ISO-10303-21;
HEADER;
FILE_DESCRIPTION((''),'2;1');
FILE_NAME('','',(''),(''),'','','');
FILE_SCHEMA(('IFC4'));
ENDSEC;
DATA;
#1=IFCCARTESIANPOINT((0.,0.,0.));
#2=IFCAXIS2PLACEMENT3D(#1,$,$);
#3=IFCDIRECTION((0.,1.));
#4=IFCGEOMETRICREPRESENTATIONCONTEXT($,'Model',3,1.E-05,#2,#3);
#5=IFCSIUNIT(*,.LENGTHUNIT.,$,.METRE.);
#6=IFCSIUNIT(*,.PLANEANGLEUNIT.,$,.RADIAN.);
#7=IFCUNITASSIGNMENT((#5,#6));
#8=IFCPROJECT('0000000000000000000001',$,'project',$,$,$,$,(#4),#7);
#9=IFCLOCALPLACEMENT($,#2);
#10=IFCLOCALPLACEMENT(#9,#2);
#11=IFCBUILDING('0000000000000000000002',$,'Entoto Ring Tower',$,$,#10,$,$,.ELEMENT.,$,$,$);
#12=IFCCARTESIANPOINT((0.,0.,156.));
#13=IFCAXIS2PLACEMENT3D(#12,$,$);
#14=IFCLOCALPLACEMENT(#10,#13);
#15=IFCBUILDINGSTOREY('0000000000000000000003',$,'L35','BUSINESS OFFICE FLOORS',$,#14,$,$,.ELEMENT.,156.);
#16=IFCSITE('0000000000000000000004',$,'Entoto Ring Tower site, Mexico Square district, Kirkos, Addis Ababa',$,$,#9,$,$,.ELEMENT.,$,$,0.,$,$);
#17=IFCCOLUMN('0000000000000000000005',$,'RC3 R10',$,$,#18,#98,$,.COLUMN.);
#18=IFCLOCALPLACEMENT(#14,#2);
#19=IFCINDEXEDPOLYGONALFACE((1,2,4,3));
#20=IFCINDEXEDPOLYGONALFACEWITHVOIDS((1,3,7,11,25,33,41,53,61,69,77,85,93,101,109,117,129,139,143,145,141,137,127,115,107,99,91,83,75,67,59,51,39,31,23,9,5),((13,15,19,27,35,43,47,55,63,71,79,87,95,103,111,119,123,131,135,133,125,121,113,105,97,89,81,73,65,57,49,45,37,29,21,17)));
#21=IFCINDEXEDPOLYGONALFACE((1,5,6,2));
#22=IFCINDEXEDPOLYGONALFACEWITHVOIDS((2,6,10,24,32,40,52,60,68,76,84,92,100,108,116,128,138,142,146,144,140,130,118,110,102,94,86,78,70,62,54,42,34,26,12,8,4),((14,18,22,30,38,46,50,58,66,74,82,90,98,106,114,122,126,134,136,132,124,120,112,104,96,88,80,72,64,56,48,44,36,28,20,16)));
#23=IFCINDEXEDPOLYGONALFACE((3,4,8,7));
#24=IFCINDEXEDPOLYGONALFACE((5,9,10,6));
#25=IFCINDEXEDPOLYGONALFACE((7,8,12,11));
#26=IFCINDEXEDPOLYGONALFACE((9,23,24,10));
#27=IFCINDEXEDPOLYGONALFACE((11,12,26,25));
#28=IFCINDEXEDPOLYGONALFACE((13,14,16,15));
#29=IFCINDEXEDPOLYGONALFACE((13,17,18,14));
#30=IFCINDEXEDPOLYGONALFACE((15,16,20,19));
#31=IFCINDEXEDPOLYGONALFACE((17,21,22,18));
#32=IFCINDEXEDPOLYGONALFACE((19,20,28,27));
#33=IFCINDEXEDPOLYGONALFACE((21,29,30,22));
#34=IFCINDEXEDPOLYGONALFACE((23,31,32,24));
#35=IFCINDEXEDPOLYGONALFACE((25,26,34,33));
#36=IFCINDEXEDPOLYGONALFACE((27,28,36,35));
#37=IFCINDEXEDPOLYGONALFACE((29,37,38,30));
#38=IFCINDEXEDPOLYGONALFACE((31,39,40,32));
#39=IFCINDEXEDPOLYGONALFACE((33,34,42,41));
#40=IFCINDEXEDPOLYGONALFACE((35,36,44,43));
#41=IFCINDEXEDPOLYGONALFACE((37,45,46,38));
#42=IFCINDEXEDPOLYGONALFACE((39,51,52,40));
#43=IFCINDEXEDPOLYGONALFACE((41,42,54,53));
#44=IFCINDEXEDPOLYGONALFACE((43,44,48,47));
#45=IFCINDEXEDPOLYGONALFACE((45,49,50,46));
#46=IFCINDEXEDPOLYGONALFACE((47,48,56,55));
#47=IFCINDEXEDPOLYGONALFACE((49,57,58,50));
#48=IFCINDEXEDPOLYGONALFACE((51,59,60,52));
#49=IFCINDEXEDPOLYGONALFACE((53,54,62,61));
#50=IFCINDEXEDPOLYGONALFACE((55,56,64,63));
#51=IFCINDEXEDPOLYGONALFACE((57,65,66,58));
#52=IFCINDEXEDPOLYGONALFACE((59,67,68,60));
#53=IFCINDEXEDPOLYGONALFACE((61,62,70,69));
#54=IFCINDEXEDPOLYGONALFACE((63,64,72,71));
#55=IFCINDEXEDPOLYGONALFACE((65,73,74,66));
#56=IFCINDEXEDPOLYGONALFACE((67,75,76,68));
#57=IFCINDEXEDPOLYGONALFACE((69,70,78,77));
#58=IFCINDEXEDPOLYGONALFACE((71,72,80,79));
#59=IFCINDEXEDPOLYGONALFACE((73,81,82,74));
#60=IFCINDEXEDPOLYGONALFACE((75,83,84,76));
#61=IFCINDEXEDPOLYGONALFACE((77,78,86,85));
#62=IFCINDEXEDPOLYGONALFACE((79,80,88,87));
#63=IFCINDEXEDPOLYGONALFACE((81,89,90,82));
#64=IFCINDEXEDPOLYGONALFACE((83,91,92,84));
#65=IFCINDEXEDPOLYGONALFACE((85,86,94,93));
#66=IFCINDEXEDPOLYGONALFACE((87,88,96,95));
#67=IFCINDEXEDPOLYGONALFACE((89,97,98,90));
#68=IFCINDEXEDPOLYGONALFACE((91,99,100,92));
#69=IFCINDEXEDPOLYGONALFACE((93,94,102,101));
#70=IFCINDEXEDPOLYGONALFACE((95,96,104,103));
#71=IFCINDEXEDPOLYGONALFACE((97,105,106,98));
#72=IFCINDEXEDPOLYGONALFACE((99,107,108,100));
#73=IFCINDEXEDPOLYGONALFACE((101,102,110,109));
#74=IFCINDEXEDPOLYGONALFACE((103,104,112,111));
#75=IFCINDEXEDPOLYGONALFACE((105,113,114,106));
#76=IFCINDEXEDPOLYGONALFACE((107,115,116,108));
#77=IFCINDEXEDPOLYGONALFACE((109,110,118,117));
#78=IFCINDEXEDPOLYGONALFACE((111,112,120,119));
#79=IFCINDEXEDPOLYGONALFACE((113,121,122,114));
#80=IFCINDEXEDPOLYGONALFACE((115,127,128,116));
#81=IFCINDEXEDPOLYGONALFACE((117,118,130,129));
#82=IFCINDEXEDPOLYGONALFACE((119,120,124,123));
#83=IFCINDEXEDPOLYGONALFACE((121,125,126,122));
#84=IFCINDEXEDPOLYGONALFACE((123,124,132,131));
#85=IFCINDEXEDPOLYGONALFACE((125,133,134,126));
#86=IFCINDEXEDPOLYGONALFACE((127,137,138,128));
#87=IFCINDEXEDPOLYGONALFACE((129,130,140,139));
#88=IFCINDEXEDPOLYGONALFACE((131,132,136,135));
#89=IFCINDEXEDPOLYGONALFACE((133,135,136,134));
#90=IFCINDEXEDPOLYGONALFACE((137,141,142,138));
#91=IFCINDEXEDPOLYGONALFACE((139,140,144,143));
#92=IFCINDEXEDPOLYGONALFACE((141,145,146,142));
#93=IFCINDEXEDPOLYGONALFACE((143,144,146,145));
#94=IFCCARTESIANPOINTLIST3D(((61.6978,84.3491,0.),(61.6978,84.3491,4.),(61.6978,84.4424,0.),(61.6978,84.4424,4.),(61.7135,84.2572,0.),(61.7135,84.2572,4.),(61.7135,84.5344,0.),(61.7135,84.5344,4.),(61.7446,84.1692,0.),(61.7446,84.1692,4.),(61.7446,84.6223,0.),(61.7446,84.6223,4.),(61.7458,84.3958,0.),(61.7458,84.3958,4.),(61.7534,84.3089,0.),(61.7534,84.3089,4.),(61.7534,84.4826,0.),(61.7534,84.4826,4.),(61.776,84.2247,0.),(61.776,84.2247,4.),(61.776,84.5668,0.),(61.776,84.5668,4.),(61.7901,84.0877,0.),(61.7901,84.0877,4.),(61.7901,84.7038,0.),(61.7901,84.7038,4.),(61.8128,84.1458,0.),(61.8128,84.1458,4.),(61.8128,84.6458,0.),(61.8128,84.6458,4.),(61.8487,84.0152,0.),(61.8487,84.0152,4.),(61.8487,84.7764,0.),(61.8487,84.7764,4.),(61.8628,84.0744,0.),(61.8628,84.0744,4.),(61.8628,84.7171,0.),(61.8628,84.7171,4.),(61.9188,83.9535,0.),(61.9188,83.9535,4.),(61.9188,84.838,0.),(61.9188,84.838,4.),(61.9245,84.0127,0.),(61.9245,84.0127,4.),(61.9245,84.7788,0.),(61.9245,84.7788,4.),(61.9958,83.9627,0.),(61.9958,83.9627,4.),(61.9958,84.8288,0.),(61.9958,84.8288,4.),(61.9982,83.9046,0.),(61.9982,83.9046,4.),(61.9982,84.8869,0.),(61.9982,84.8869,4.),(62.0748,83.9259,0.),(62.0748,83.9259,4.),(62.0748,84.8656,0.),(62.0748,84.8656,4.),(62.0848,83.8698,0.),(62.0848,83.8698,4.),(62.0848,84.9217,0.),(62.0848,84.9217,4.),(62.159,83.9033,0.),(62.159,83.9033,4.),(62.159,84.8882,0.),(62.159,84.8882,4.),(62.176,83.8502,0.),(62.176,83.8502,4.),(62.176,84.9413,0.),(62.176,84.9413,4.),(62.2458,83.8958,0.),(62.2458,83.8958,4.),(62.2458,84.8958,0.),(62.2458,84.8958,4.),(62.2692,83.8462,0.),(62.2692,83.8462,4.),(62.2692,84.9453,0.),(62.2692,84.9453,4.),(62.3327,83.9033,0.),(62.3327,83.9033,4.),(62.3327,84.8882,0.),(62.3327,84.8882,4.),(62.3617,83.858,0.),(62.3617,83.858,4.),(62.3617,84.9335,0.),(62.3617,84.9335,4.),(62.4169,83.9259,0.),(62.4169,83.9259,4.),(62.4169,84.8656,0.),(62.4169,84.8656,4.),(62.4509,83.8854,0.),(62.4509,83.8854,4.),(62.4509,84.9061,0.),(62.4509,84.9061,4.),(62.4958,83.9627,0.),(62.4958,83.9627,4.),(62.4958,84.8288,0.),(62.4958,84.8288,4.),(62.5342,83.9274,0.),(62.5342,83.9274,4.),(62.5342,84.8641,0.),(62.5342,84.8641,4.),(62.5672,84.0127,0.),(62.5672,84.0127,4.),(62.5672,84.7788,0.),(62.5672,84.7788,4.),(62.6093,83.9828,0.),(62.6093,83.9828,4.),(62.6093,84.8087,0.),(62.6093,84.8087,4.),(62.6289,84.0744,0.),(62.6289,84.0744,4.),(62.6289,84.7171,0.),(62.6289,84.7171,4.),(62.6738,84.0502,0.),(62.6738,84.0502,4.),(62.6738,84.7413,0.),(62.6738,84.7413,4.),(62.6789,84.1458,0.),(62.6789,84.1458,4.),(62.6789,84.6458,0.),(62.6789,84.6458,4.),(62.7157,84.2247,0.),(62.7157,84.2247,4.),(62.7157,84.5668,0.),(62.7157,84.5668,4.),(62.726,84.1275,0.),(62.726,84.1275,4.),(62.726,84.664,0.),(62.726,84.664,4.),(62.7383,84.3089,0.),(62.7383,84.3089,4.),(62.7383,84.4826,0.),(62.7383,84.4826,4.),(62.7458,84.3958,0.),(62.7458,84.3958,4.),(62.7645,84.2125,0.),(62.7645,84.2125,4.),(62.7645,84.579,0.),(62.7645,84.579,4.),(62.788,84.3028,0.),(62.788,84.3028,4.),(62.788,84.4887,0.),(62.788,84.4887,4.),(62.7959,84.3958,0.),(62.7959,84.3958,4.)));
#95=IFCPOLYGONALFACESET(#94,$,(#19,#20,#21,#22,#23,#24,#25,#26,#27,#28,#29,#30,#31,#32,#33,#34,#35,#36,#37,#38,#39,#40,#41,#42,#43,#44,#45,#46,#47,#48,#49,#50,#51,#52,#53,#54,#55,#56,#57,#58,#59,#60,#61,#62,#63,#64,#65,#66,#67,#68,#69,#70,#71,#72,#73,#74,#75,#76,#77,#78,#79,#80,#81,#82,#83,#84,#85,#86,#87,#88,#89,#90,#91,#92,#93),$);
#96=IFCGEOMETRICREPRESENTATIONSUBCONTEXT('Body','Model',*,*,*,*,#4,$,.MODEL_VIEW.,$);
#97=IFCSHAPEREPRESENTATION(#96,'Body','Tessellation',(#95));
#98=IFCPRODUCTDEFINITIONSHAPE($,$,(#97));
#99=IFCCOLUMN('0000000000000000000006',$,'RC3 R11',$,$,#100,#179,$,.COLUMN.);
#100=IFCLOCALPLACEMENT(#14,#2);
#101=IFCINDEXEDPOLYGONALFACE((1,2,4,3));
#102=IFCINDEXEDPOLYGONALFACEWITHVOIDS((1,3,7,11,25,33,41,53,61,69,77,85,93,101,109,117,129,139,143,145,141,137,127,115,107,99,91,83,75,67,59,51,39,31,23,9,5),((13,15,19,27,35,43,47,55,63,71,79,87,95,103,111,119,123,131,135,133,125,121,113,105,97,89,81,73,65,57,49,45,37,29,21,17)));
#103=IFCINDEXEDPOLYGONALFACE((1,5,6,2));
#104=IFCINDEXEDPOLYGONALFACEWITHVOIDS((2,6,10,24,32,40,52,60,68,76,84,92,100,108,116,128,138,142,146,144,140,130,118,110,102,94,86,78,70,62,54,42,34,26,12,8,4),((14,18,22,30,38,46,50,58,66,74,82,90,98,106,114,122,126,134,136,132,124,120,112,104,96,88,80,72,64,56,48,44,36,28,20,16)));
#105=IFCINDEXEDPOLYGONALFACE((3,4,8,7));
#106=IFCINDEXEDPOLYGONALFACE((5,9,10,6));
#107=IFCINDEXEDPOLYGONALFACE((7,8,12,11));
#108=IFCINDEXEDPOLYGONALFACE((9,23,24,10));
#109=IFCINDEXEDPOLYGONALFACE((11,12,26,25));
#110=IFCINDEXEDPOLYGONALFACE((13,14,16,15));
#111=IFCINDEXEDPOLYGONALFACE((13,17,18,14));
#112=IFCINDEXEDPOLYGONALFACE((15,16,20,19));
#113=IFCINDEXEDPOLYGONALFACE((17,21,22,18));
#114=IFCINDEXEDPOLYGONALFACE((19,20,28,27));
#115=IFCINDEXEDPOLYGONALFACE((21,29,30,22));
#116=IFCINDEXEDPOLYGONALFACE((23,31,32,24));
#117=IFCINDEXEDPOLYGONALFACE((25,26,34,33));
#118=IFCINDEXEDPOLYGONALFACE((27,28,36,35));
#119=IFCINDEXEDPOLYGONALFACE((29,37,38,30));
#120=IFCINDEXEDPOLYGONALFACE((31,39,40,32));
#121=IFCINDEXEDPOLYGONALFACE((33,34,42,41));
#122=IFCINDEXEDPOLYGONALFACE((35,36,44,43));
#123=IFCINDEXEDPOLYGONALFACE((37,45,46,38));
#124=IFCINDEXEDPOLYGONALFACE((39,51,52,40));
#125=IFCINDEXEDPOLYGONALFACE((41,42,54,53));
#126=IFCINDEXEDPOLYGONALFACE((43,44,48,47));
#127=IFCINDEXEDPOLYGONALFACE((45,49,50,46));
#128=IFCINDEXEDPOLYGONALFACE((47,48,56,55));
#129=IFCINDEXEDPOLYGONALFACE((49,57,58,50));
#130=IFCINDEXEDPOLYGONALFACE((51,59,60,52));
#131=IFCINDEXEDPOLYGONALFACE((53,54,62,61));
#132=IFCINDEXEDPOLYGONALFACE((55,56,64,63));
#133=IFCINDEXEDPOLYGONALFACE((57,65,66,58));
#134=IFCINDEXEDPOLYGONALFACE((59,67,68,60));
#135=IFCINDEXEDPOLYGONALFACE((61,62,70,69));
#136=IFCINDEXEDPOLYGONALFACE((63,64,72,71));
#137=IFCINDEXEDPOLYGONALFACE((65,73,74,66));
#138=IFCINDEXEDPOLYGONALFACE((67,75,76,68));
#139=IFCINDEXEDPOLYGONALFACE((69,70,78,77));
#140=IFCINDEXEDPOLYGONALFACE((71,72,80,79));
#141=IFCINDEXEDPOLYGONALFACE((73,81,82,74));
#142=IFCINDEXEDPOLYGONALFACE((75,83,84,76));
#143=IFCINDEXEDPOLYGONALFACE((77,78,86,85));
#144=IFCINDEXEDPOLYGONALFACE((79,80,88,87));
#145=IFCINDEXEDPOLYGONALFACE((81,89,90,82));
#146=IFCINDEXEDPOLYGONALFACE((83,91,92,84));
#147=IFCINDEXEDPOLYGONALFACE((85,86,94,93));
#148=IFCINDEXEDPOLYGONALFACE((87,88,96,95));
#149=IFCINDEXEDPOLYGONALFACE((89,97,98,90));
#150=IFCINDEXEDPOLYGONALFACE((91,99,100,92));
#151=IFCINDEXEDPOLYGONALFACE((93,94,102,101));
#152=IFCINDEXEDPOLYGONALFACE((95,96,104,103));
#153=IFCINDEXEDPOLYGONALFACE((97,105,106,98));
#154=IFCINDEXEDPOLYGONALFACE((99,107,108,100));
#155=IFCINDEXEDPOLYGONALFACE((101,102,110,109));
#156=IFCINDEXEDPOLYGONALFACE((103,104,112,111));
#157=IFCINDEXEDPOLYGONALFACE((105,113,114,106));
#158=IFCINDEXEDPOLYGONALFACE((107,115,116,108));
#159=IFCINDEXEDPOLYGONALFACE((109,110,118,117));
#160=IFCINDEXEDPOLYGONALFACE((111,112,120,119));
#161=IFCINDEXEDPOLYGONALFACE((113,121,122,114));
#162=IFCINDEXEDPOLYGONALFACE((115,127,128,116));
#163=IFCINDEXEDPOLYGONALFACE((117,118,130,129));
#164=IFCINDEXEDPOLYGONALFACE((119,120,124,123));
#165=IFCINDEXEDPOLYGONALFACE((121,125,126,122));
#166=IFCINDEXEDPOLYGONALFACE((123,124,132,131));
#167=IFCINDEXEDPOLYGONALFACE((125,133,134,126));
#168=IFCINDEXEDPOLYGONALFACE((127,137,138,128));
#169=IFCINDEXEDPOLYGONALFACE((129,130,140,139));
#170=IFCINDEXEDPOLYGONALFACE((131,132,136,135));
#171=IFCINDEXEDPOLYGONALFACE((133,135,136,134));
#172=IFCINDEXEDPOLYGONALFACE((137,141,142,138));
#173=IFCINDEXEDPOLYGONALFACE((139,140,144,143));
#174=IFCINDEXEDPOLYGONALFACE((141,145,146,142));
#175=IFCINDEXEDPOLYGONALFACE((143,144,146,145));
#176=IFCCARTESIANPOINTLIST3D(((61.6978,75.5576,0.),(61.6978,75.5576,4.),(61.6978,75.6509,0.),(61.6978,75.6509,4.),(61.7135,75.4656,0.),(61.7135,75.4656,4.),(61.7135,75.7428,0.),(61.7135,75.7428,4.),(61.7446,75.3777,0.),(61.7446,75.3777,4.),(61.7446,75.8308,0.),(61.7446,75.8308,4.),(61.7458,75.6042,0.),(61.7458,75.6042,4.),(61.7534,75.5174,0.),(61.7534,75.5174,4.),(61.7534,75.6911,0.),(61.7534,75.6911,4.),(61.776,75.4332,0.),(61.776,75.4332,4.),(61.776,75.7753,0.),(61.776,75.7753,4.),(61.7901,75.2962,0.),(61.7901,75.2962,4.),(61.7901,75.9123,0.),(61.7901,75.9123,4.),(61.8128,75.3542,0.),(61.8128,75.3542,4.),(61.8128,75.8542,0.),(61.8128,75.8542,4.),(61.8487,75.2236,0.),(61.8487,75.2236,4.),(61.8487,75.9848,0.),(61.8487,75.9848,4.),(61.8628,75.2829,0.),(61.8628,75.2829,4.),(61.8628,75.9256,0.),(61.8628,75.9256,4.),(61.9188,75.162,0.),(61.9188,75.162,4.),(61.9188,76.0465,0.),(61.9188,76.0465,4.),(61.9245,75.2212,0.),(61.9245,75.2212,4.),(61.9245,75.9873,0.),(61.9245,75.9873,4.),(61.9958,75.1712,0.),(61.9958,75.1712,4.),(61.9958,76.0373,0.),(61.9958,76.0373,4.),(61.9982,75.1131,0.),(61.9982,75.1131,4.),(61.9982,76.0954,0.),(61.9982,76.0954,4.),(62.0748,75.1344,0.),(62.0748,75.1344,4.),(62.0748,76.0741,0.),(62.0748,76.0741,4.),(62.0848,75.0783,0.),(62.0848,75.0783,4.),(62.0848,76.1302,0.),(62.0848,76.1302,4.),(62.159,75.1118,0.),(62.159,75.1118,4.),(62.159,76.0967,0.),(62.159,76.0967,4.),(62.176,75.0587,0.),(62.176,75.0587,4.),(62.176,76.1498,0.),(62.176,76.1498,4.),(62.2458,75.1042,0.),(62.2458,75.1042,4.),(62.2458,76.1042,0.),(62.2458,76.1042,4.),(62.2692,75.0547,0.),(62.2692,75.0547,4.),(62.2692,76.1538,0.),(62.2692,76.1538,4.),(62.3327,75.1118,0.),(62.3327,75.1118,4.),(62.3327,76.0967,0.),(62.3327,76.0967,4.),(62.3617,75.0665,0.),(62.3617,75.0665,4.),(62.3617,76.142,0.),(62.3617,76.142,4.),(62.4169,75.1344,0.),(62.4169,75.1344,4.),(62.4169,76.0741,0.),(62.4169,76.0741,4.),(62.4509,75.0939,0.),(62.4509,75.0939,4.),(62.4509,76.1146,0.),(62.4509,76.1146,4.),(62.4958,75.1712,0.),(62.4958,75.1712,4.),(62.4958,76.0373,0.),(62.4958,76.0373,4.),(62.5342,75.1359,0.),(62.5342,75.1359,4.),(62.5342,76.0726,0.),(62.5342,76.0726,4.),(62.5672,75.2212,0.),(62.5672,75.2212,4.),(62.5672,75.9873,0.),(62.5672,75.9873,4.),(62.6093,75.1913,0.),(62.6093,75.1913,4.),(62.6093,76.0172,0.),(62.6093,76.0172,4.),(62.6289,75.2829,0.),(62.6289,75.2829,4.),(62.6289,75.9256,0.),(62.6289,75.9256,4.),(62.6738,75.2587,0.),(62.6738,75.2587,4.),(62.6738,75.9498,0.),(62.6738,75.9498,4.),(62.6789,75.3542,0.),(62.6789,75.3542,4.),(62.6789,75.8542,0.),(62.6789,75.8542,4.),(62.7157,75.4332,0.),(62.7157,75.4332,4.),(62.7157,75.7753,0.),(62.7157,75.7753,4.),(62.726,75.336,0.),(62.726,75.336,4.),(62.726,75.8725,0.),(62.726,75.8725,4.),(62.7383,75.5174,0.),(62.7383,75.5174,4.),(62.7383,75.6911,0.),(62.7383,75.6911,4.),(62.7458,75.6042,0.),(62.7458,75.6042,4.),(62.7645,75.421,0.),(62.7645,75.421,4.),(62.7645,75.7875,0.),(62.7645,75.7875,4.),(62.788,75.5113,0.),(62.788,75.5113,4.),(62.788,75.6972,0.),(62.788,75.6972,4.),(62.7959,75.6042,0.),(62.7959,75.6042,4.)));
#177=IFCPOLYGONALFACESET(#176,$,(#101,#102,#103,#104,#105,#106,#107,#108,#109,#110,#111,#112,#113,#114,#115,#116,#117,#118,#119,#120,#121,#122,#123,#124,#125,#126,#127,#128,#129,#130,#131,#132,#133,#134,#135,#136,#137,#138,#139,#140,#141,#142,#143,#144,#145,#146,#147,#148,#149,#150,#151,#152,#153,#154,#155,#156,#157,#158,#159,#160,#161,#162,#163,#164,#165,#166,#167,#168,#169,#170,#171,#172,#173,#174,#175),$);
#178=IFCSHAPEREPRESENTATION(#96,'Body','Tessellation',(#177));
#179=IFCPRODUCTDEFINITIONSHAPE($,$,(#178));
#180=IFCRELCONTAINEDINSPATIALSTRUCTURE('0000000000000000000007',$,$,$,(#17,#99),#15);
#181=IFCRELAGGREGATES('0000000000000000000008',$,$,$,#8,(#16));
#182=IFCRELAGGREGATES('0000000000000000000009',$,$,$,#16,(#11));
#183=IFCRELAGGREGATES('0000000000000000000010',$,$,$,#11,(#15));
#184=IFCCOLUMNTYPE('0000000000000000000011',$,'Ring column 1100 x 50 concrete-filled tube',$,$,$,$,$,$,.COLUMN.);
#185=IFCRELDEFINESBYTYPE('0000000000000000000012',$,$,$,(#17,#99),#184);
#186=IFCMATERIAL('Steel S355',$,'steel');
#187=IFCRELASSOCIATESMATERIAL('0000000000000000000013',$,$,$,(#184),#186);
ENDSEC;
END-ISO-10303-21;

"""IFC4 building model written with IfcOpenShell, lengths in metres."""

from ifc_helpers import new_model, si_unit, direction, frame, origin, origin_2d, place, context, subcontext, project, spatial, circle, hollow_circle, extrude, material, material_profile, profile_set, type_object, element, save


model = new_model("IFC4")

# Units and contexts
model_context = context("Model", 3, precision=1e-05, world=origin(), true_north=direction((0.0, 1.0)))
body_context = subcontext(model_context, "Body", "Model", "MODEL_VIEW")
ifc_project = project(units=[si_unit("LENGTHUNIT", "METRE"), si_unit("PLANEANGLEUNIT", "RADIAN")], contexts=[model_context])

# Site, building, storey
site_placement = place(None, origin())
site = spatial("IfcSite", under=ifc_project, at=site_placement, Name="Entoto Ring Tower site, Mexico Square district, Kirkos, Addis Ababa", CompositionType="ELEMENT", RefElevation=0.0)
building_placement = place(site_placement, origin())
building = spatial("IfcBuilding", under=site, at=building_placement, Name="Entoto Ring Tower", CompositionType="ELEMENT")
storey_placement = place(building_placement, frame((0.0, 0.0, 156.0)))
storey = spatial("IfcBuildingStorey", under=building, at=storey_placement, Name="L35", Description="BUSINESS OFFICE FLOORS", CompositionType="ELEMENT", Elevation=156.0)

# Columns
ifc_material_1 = material(Name="Steel S355", Category="steel")
ifc_material_profile_1 = material_profile(ifc_material_1, hollow_circle(Radius=0.55, WallThickness=0.05, at=origin_2d()), Name="CHS 1100 x 50")
ifc_material_2 = material(Name="Concrete C60/75", Category="concrete")
ifc_material_profile_2 = material_profile(ifc_material_2, circle(Radius=0.5, at=origin_2d()), Name="Concrete C60/75 infill")
ifc_profile_set_1 = profile_set([ifc_material_profile_1, ifc_material_profile_2], Name="Steel S355")
column_type = type_object("IfcColumnType", Name="Ring column 1100 x 50 concrete-filled tube", PredefinedType="COLUMN", material=ifc_profile_set_1)
for number, where, z_axis, x_axis, name in (
    (1, (62.2458, 84.3958, 0.0), (0.0, 0.0, 1.0), (1.0, 0.0, 0.0), "RC3 R10"),
    (2, (62.2458, 75.6042, 0.0), (0.0, 0.0, 1.0), (1.0, 0.0, 0.0), "RC3 R11"),
):
    element("IfcColumn", number, at=place(storey_placement, frame(where, z_axis=z_axis, x_axis=x_axis)), inside=storey, type_object=column_type, Name=name, PredefinedType="COLUMN", context=body_context, shape_type="SweptSolid", body=[
        extrude(hollow_circle(Radius=0.55, WallThickness=0.05, at=origin_2d()), origin(), (0.0, 0.0, 1.0), 4.0),
    ])

save(model, "model.ifc")
